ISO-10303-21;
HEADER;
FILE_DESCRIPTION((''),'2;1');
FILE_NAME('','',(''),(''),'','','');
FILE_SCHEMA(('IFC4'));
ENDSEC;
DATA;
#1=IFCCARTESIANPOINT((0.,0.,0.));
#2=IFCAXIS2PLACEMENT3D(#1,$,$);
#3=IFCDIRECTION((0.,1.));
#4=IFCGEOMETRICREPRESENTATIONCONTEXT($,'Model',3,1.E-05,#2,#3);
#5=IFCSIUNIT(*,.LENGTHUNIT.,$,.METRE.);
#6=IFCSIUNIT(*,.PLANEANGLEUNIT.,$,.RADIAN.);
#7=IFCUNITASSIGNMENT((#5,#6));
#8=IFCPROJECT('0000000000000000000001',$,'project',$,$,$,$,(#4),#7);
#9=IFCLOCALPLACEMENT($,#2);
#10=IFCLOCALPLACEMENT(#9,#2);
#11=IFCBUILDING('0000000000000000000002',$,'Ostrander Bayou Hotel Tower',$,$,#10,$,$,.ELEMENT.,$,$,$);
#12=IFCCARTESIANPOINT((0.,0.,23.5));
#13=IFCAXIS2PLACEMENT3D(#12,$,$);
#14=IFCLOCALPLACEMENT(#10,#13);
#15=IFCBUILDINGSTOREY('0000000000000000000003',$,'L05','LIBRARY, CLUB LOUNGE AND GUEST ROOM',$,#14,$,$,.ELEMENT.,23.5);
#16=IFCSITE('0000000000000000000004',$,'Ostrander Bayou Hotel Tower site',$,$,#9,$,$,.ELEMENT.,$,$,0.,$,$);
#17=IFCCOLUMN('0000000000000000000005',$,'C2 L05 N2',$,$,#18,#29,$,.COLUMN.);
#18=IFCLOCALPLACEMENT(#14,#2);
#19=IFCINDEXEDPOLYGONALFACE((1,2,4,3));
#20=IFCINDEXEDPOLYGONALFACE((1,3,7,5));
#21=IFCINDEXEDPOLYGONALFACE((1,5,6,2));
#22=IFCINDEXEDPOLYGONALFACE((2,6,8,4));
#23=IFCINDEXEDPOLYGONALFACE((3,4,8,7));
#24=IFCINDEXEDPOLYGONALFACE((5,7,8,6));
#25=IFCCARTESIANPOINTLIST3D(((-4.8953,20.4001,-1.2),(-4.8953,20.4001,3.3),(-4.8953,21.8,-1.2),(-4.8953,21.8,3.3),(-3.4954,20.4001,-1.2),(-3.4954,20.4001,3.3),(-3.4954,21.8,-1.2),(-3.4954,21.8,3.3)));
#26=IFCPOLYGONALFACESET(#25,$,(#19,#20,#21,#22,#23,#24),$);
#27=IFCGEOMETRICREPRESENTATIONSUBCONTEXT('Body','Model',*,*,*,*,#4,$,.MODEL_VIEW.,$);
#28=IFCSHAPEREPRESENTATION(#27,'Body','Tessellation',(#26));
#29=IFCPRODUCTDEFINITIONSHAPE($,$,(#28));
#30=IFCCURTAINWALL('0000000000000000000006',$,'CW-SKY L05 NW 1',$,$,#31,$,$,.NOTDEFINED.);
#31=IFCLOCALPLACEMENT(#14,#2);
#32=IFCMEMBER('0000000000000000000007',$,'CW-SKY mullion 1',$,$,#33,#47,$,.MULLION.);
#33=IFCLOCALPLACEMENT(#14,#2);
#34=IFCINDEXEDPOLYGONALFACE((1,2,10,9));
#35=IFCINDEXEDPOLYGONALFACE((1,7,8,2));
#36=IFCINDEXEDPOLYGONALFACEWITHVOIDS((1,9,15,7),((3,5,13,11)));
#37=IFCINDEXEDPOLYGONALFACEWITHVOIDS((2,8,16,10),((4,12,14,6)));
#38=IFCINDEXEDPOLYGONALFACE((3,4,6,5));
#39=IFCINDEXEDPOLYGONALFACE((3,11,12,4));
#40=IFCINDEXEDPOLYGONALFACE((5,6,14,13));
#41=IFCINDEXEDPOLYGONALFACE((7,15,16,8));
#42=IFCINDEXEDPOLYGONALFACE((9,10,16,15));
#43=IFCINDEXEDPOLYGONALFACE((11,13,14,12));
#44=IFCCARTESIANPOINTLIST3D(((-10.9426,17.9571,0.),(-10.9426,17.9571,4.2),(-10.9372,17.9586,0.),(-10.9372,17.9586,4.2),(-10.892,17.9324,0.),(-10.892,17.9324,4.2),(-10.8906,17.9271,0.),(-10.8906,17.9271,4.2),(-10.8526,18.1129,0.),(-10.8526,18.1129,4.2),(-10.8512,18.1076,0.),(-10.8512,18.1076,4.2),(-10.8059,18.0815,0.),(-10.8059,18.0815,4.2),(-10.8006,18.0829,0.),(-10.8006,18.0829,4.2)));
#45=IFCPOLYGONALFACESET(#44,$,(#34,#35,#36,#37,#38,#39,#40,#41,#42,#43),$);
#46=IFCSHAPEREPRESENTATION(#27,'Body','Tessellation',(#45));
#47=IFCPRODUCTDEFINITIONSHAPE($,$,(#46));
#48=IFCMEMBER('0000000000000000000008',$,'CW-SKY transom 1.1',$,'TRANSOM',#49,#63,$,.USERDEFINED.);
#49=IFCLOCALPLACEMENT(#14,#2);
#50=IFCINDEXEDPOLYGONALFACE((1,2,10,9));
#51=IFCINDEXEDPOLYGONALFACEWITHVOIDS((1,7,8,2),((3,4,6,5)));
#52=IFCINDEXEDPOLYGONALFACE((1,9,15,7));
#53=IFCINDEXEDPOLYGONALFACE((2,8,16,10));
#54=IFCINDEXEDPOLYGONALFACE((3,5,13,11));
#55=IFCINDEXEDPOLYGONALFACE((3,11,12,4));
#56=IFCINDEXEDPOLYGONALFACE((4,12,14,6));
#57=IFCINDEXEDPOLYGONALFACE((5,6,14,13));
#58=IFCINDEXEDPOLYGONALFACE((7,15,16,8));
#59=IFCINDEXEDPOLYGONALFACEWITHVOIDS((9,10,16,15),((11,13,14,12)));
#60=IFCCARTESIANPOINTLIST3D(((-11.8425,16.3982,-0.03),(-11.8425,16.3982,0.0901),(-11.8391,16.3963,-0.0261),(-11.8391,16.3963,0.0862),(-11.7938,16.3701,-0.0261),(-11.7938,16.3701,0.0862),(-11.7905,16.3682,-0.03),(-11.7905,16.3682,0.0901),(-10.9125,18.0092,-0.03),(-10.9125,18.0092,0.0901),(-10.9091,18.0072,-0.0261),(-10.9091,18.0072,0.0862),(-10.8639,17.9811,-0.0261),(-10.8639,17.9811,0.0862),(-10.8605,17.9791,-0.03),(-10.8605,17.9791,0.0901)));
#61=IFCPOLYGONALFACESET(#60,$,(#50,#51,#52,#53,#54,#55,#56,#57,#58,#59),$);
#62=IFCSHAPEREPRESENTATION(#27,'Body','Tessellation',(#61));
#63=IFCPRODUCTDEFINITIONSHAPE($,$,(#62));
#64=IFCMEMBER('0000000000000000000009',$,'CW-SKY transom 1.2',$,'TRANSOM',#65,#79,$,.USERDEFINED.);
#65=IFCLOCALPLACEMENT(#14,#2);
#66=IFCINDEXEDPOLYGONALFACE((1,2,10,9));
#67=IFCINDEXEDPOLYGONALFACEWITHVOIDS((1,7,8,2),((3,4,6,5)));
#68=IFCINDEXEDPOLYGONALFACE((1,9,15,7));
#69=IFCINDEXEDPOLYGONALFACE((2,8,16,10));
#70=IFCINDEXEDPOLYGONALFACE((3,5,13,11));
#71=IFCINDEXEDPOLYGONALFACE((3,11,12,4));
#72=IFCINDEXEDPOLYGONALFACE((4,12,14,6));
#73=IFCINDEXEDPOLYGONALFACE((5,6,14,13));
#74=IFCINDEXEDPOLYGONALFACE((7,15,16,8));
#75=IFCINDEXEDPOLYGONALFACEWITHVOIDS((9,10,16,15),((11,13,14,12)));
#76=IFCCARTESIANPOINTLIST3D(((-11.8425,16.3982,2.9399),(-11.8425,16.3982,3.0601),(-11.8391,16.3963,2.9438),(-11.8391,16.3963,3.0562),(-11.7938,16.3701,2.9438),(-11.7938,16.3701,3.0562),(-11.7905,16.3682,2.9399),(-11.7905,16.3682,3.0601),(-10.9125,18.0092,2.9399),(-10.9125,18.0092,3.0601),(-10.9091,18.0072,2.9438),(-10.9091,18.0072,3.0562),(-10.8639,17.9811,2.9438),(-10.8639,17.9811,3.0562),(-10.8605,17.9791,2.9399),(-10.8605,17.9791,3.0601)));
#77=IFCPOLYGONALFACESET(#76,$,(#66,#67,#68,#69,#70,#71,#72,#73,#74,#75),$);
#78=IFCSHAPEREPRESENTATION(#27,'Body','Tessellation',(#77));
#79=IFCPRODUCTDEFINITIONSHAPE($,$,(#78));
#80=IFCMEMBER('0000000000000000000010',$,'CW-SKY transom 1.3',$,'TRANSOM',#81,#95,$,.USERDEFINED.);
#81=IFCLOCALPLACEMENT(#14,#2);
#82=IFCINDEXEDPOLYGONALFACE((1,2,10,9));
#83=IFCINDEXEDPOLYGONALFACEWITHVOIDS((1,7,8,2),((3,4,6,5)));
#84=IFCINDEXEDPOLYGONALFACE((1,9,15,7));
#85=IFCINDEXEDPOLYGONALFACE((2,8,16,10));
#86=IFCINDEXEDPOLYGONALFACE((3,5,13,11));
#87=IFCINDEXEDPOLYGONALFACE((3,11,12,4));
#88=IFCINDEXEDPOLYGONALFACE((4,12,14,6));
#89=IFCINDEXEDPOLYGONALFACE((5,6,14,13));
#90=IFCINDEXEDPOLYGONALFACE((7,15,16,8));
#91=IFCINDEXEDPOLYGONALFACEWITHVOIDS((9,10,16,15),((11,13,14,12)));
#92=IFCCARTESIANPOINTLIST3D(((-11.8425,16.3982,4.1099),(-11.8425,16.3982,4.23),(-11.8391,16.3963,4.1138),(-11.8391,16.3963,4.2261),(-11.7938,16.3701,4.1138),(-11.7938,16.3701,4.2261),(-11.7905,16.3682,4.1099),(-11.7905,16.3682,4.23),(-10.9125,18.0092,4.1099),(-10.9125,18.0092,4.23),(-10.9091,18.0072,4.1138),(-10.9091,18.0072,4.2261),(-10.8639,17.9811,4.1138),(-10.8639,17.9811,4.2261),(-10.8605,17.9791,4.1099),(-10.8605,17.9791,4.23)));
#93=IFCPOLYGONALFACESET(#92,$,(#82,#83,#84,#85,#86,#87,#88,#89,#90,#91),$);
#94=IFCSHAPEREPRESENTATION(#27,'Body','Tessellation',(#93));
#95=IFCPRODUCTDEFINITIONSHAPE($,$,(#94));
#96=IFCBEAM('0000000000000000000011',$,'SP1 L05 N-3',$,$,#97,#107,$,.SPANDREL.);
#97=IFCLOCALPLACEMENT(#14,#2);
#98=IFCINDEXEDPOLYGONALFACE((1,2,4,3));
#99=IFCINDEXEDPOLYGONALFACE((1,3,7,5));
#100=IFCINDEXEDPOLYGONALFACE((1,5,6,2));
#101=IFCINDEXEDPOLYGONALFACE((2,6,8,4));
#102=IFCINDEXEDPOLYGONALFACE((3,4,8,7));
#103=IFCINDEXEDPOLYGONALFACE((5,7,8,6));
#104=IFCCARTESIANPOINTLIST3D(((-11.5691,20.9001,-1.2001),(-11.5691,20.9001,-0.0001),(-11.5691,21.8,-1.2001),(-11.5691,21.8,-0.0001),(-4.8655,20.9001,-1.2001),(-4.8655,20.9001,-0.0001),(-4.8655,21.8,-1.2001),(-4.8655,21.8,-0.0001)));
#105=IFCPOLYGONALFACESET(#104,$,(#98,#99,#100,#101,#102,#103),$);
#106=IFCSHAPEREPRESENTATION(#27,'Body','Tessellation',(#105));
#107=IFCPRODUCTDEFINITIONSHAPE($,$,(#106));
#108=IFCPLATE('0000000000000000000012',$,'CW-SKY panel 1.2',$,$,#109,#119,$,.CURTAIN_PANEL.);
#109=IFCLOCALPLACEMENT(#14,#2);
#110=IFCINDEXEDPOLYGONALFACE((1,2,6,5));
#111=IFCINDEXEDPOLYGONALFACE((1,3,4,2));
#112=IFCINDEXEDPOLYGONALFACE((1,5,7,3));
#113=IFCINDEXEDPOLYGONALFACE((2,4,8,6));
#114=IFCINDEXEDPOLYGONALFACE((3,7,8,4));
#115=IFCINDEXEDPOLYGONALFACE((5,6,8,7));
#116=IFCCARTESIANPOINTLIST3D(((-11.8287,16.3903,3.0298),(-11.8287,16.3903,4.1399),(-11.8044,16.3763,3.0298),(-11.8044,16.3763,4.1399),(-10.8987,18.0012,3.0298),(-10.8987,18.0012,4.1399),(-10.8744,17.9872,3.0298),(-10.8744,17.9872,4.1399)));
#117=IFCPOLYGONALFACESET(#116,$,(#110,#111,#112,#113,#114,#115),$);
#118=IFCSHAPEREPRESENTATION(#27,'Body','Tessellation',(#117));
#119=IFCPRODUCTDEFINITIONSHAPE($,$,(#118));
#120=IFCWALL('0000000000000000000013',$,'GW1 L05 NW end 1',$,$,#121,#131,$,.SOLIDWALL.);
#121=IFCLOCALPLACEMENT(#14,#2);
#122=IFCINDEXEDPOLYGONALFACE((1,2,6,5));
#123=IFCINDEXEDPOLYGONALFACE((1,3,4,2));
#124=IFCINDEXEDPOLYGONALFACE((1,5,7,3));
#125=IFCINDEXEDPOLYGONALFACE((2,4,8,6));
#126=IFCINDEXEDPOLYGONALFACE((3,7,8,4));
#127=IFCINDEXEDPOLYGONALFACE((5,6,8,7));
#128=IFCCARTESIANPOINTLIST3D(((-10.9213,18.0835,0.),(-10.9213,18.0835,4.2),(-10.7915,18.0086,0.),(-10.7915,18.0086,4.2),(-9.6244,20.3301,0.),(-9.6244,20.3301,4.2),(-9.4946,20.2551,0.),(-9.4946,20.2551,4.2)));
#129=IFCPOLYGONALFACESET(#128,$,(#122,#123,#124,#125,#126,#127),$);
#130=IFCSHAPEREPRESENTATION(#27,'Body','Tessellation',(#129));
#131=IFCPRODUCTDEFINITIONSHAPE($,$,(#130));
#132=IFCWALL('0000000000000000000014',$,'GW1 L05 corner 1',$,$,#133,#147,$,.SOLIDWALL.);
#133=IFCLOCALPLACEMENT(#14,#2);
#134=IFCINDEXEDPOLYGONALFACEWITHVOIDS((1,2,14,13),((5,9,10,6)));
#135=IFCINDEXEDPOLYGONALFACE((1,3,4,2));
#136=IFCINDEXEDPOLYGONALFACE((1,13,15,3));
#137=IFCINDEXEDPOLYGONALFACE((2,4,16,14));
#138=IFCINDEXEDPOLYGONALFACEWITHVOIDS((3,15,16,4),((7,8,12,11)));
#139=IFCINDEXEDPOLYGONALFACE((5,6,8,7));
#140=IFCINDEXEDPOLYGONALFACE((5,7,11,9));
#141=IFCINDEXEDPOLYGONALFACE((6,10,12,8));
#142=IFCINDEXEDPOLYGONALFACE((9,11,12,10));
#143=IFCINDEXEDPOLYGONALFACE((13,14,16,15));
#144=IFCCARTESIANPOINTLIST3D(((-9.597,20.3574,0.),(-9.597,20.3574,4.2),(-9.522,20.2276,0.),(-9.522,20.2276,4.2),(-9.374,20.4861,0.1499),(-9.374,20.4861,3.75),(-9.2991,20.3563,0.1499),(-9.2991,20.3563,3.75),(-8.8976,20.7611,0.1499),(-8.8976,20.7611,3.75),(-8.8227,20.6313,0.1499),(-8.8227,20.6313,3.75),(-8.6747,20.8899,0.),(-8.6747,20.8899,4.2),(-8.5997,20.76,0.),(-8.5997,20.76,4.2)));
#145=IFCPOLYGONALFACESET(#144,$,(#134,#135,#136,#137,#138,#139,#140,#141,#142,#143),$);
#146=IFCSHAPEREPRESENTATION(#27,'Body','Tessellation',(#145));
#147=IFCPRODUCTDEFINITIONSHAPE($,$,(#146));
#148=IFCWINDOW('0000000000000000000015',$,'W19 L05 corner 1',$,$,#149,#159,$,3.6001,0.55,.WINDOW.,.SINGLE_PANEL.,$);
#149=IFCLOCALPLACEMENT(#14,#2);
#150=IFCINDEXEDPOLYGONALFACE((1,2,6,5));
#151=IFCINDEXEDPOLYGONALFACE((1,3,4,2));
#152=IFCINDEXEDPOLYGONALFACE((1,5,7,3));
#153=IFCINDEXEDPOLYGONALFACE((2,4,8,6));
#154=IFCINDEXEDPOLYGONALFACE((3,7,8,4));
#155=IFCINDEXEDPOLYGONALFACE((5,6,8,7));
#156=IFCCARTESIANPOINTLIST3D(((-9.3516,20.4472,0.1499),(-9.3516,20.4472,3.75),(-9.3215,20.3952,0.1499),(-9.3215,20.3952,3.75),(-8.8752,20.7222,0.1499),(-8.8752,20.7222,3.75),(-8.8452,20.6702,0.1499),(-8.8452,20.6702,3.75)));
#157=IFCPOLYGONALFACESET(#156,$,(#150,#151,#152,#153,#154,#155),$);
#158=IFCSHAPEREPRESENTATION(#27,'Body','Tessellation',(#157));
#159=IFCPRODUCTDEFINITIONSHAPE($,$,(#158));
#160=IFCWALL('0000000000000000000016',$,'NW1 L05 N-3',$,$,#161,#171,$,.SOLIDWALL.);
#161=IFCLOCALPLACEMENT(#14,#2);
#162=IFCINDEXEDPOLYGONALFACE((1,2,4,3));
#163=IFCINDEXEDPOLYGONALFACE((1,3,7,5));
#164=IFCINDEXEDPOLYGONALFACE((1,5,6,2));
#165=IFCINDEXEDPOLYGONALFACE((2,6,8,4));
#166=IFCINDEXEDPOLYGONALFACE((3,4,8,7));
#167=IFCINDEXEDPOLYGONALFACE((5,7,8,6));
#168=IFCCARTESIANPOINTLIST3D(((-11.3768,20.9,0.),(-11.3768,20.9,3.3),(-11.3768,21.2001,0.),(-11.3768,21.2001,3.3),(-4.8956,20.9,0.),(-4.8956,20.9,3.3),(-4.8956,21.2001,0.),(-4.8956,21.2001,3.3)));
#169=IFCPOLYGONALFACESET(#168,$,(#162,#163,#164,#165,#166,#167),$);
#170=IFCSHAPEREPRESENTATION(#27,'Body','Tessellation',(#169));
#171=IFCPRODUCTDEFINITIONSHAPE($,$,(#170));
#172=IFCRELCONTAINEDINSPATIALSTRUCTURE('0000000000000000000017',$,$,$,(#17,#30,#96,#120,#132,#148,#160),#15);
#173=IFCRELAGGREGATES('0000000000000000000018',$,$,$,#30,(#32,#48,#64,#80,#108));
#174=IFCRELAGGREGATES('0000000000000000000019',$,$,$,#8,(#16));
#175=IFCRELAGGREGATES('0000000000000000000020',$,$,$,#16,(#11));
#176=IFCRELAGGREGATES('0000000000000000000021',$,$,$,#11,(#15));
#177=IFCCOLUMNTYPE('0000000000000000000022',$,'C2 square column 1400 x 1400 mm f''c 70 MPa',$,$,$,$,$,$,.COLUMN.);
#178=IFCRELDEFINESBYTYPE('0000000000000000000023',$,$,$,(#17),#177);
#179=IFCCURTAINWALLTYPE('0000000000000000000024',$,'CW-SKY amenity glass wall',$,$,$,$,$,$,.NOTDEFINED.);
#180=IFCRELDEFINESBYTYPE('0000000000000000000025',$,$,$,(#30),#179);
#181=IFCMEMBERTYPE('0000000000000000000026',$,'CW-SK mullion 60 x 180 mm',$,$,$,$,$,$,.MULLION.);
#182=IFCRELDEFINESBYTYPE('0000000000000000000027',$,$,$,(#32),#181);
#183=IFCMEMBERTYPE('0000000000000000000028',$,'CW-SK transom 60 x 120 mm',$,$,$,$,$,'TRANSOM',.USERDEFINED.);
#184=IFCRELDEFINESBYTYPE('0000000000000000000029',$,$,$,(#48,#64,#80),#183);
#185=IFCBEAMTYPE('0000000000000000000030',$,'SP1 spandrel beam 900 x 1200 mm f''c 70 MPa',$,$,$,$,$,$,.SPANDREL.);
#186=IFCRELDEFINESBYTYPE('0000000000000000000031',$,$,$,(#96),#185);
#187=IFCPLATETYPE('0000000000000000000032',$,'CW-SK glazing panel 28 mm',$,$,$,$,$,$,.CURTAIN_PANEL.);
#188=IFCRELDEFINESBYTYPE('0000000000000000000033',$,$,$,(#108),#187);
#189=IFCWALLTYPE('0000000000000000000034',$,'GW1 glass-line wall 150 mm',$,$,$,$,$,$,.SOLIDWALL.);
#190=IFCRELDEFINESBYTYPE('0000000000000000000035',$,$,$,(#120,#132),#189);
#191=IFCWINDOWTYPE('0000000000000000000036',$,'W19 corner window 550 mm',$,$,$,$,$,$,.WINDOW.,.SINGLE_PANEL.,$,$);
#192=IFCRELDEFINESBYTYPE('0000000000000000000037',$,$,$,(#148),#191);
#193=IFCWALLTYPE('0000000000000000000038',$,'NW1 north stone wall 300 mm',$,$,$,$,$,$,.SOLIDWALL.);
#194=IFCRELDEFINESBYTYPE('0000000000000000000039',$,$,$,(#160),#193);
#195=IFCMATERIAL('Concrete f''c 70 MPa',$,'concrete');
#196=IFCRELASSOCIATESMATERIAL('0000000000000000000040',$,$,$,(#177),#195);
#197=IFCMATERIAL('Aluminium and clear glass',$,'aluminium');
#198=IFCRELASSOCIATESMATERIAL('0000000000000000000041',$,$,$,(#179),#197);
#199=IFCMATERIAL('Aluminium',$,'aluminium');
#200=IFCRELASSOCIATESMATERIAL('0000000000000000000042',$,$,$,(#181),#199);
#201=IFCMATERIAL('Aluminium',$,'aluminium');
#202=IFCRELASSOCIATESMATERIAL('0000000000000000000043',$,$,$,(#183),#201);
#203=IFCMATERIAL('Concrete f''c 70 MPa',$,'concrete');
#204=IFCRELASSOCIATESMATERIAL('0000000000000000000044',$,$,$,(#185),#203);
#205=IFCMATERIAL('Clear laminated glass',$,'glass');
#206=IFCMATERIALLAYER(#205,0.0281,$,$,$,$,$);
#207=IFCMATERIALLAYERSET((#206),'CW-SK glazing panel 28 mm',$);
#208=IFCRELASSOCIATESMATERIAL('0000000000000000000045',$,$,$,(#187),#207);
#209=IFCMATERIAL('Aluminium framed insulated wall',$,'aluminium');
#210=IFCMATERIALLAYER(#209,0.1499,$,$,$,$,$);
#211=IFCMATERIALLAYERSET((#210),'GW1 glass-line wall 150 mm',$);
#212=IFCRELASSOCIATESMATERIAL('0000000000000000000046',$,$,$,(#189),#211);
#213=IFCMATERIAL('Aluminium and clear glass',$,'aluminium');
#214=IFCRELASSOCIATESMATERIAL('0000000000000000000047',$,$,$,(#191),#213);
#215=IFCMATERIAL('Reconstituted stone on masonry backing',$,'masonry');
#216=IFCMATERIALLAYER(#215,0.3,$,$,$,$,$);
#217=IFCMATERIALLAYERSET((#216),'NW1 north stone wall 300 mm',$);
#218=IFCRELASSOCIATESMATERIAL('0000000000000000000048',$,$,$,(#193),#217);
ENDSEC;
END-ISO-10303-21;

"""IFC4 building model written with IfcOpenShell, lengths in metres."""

from ifc_helpers import new_model, si_unit, direction, frame, frame_2d, origin, origin_2d, place, context, subcontext, project, spatial, rectangle, hollow_rectangle, extrude, material, layer, layer_set, material_profile, profile_set, type_object, element, fill, aggregate, save


model = new_model("IFC4")

# Units and contexts
model_context = context("Model", 3, precision=1e-05, world=origin(), true_north=direction((0.0, 1.0)))
body_context = subcontext(model_context, "Body", "Model", "MODEL_VIEW")
ifc_project = project(units=[si_unit("LENGTHUNIT", "METRE"), si_unit("PLANEANGLEUNIT", "RADIAN")], contexts=[model_context])

# Site, building, storey
site_placement = place(None, origin())
site = spatial("IfcSite", under=ifc_project, at=site_placement, Name="Ostrander Bayou Hotel Tower site", CompositionType="ELEMENT", RefElevation=0.0)
building_placement = place(site_placement, origin())
building = spatial("IfcBuilding", under=site, at=building_placement, Name="Ostrander Bayou Hotel Tower", CompositionType="ELEMENT")
storey_placement = place(building_placement, frame((0.0, 0.0, 23.5)))
storey = spatial("IfcBuildingStorey", under=building, at=storey_placement, Name="L05", Description="LIBRARY, CLUB LOUNGE AND GUEST ROOM", CompositionType="ELEMENT", Elevation=23.5)

# Column
ifc_material_1 = material(Name="Concrete f'c 70 MPa", Category="concrete")
ifc_material_profile_1 = material_profile(ifc_material_1, rectangle(XDim=1.3999, YDim=1.3999, at=origin_2d()))
ifc_profile_set_1 = profile_set([ifc_material_profile_1], Name="Concrete f'c 70 MPa")
column_type = type_object("IfcColumnType", Name="C2 square column 1400 x 1400 mm f'c 70 MPa", PredefinedType="COLUMN", material=ifc_profile_set_1)
column_placement = place(storey_placement, frame((-4.1953, 21.1001, -1.2), z_axis=(0.0, 0.0, 1.0), x_axis=(1.0, 0.0, 0.0)))
element("IfcColumn", 1, at=column_placement, inside=storey, type_object=column_type, Name="C2 L05 N2", PredefinedType="COLUMN", context=body_context, shape_type="SweptSolid", body=[
    extrude(rectangle(XDim=1.3999, YDim=1.3999, at=origin_2d()), origin(), (0.0, 0.0, 1.0), 4.5),
])

# Curtain wall, members
ifc_material_2 = material(Name="Aluminium and clear glass", Category="aluminium")
curtain_wall_type = type_object("IfcCurtainWallType", Name="CW-SKY amenity glass wall", PredefinedType="NOTDEFINED", material=ifc_material_2)
curtain_wall_placement = place(storey_placement, origin())
curtain_wall = element("IfcCurtainWall", 2, at=curtain_wall_placement, inside=storey, type_object=curtain_wall_type, Name="CW-SKY L05 NW 1", PredefinedType="NOTDEFINED")
ifc_material_3 = material(Name="Aluminium", Category="aluminium")
ifc_material_profile_2 = material_profile(ifc_material_3, hollow_rectangle(XDim=0.0601, YDim=0.1799, WallThickness=0.0039, at=origin_2d()))
ifc_profile_set_2 = profile_set([ifc_material_profile_2], Name="Aluminium")
member_type_1 = type_object("IfcMemberType", Name="CW-SK mullion 60 x 180 mm", PredefinedType="MULLION", material=ifc_profile_set_2)
member_1_placement = place(storey_placement, frame((-10.8716, 18.02, 0.0), z_axis=(0.0, 0.0, 1.0), x_axis=(0.866025, -0.5, 0.0)))
member_1 = element("IfcMember", 3, at=member_1_placement, type_object=member_type_1, Name="CW-SKY mullion 1", PredefinedType="MULLION", context=body_context, shape_type="SweptSolid", body=[
    extrude(hollow_rectangle(XDim=0.0601, YDim=0.1799, WallThickness=0.0039, at=origin_2d()), origin(), (0.0, 0.0, 1.0), 4.2),
])
ifc_material_4 = material(Name="Aluminium", Category="aluminium")
ifc_material_profile_3 = material_profile(ifc_material_4, hollow_rectangle(XDim=0.0601, YDim=0.1201, WallThickness=0.0039, at=origin_2d()))
ifc_profile_set_3 = profile_set([ifc_material_profile_3], Name="Aluminium")
member_type_2 = type_object("IfcMemberType", Name="CW-SK transom 60 x 120 mm", ElementType="TRANSOM", PredefinedType="USERDEFINED", material=ifc_profile_set_3)
member_2_placement = place(storey_placement, frame((-10.8865, 17.9941, 0.03), z_axis=(-0.499965, -0.866046, 0.0), x_axis=(0.866046, -0.499965, 0.0)))
member_2 = element("IfcMember", 4, at=member_2_placement, type_object=member_type_2, Name="CW-SKY transom 1.1", ObjectType="TRANSOM", PredefinedType="USERDEFINED", context=body_context, shape_type="SweptSolid", body=[
    extrude(hollow_rectangle(XDim=0.0601, YDim=0.1201, WallThickness=0.0039, at=origin_2d()), origin(), (0.0, 0.0, 1.0), 1.8601),
])
member_3_placement = place(storey_placement, frame((-10.8865, 17.9941, 3.0), z_axis=(-0.499965, -0.866046, 0.0), x_axis=(0.866046, -0.499965, 0.0)))
member_3 = element("IfcMember", 5, at=member_3_placement, type_object=member_type_2, Name="CW-SKY transom 1.2", ObjectType="TRANSOM", PredefinedType="USERDEFINED", context=body_context, shape_type="SweptSolid", body=[
    extrude(hollow_rectangle(XDim=0.0601, YDim=0.1201, WallThickness=0.0039, at=origin_2d()), origin(), (0.0, 0.0, 1.0), 1.8601),
])
member_4_placement = place(storey_placement, frame((-10.8865, 17.9941, 4.1699), z_axis=(-0.499965, -0.866046, 0.0), x_axis=(0.866046, -0.499965, 0.0)))
member_4 = element("IfcMember", 6, at=member_4_placement, type_object=member_type_2, Name="CW-SKY transom 1.3", ObjectType="TRANSOM", PredefinedType="USERDEFINED", context=body_context, shape_type="SweptSolid", body=[
    extrude(hollow_rectangle(XDim=0.0601, YDim=0.1201, WallThickness=0.0039, at=origin_2d()), origin(), (0.0, 0.0, 1.0), 1.8601),
])

# Beam
ifc_material_5 = material(Name="Concrete f'c 70 MPa", Category="concrete")
ifc_material_profile_4 = material_profile(ifc_material_5, rectangle(XDim=0.8999, YDim=1.2, at=origin_2d()))
ifc_profile_set_4 = profile_set([ifc_material_profile_4], Name="Concrete f'c 70 MPa")
beam_type = type_object("IfcBeamType", Name="SP1 spandrel beam 900 x 1200 mm f'c 70 MPa", PredefinedType="SPANDREL", material=ifc_profile_set_4)
beam_placement = place(storey_placement, frame((-4.8655, 21.3501, -0.6001), z_axis=(-1.0, 0.0, 0.0), x_axis=(0.0, -1.0, 0.0)))
element("IfcBeam", 7, at=beam_placement, inside=storey, type_object=beam_type, Name="SP1 L05 N-3", PredefinedType="SPANDREL", context=body_context, shape_type="SweptSolid", body=[
    extrude(rectangle(XDim=0.8999, YDim=1.2, at=origin_2d()), origin(), (0.0, 0.0, 1.0), 6.7036),
])

# Plate
ifc_material_6 = material(Name="Clear laminated glass", Category="glass")
ifc_layer_1 = layer(ifc_material_6, 0.0281)
ifc_layer_set_1 = layer_set([ifc_layer_1], Name="CW-SK glazing panel 28 mm")
plate_type = type_object("IfcPlateType", Name="CW-SK glazing panel 28 mm", PredefinedType="CURTAIN_PANEL", material=ifc_layer_set_1)
plate_placement = place(storey_placement, frame((-11.3516, 17.1887, 3.0298), z_axis=(0.0, 0.0, 1.0), x_axis=(-0.5, -0.866025, 0.0)))
plate = element("IfcPlate", 8, at=plate_placement, type_object=plate_type, Name="CW-SKY panel 1.2", PredefinedType="CURTAIN_PANEL", context=body_context, shape_type="SweptSolid", body=[
    extrude(rectangle(XDim=1.8601, YDim=0.0281, at=origin_2d()), origin(), (0.0, 0.0, 1.0), 1.1101),
])
aggregate(curtain_wall, [member_1, member_2, member_3, member_4, plate])

# Wall
ifc_material_7 = material(Name="Aluminium framed insulated wall", Category="aluminium")
ifc_layer_2 = layer(ifc_material_7, 0.1499)
ifc_layer_set_2 = layer_set([ifc_layer_2], Name="GW1 glass-line wall 150 mm")
wall_type_1 = type_object("IfcWallType", Name="GW1 glass-line wall 150 mm", PredefinedType="SOLIDWALL", material=ifc_layer_set_2)
wall_1_placement = place(storey_placement, frame((-9.5596, 20.2925, 0.0), z_axis=(0.0, 0.0, 1.0), x_axis=(-0.499945, -0.866057, 0.0)))
element("IfcWall", 9, at=wall_1_placement, inside=storey, type_object=wall_type_1, Name="GW1 L05 NW end 1", PredefinedType="SOLIDWALL", context=body_context, shape_type="SweptSolid", body=[
    extrude(rectangle(XDim=2.594, YDim=0.1499, at=frame_2d((1.2969, 0.0))), origin(), (0.0, 0.0, 1.0), 4.2),
])

# Wall, opening, window
wall_2_placement = place(storey_placement, frame((-8.6372, 20.825, 0.0), z_axis=(0.0, 0.0, 1.0), x_axis=(-0.866048, -0.499961, 0.0)))
wall_2 = element("IfcWall", 10, at=wall_2_placement, inside=storey, type_object=wall_type_1, Name="GW1 L05 corner 1", PredefinedType="SOLIDWALL", context=body_context, shape_type="SweptSolid", body=[
    extrude(rectangle(XDim=1.0649, YDim=0.1499, at=frame_2d((0.5325, 0.0))), origin(), (0.0, 0.0, 1.0), 4.2),
])
opening_1_placement = place(wall_2_placement, frame((0.2576, 0.0, 0.1499)))
opening_1 = element("IfcOpeningElement", 11, at=opening_1_placement, cuts=wall_2, PredefinedType="OPENING", context=body_context, shape_type="SweptSolid", body=[
    extrude(rectangle(XDim=0.55, YDim=3.6001, at=frame_2d((0.2749, 1.8))), frame((0.0, 0.075, 0.0), z_axis=(0.0, -1.0, 0.0), x_axis=(1.0, 0.0, 0.0)), (0.0, 0.0, 1.0), 0.1499),
])
ifc_material_8 = material(Name="Aluminium and clear glass", Category="aluminium")
window_type = type_object("IfcWindowType", Name="W19 corner window 550 mm", PartitioningType="SINGLE_PANEL", PredefinedType="WINDOW", material=ifc_material_8)
window_placement = place(opening_1_placement, origin())
window = element("IfcWindow", 12, at=window_placement, inside=storey, type_object=window_type, Name="W19 L05 corner 1", OverallHeight=3.6001, OverallWidth=0.55, PartitioningType="SINGLE_PANEL", PredefinedType="WINDOW", context=body_context, shape_type="SweptSolid", body=[
    extrude(rectangle(XDim=0.55, YDim=3.6001, at=frame_2d((0.2749, 1.8))), frame((0.0, 0.03, 0.0), z_axis=(0.0, -1.0, 0.0), x_axis=(1.0, 0.0, 0.0)), (0.0, 0.0, 1.0), 0.0601),
])
fill(opening_1, window)

# Wall
ifc_material_9 = material(Name="Reconstituted stone on masonry backing", Category="masonry")
ifc_layer_3 = layer(ifc_material_9, 0.3)
ifc_layer_set_3 = layer_set([ifc_layer_3], Name="NW1 north stone wall 300 mm")
wall_type_2 = type_object("IfcWallType", Name="NW1 north stone wall 300 mm", PredefinedType="SOLIDWALL", material=ifc_layer_set_3)
wall_3_placement = place(storey_placement, frame((-4.8955, 21.05, 0.0), z_axis=(0.0, 0.0, 1.0), x_axis=(-1.0, 0.0, 0.0)))
element("IfcWall", 13, at=wall_3_placement, inside=storey, type_object=wall_type_2, Name="NW1 L05 N-3", PredefinedType="SOLIDWALL", context=body_context, shape_type="SweptSolid", body=[
    extrude(rectangle(XDim=6.4812, YDim=0.3, at=frame_2d((3.2407, 0.0))), origin(), (0.0, 0.0, 1.0), 3.3),
])

save(model, "model.ifc")
